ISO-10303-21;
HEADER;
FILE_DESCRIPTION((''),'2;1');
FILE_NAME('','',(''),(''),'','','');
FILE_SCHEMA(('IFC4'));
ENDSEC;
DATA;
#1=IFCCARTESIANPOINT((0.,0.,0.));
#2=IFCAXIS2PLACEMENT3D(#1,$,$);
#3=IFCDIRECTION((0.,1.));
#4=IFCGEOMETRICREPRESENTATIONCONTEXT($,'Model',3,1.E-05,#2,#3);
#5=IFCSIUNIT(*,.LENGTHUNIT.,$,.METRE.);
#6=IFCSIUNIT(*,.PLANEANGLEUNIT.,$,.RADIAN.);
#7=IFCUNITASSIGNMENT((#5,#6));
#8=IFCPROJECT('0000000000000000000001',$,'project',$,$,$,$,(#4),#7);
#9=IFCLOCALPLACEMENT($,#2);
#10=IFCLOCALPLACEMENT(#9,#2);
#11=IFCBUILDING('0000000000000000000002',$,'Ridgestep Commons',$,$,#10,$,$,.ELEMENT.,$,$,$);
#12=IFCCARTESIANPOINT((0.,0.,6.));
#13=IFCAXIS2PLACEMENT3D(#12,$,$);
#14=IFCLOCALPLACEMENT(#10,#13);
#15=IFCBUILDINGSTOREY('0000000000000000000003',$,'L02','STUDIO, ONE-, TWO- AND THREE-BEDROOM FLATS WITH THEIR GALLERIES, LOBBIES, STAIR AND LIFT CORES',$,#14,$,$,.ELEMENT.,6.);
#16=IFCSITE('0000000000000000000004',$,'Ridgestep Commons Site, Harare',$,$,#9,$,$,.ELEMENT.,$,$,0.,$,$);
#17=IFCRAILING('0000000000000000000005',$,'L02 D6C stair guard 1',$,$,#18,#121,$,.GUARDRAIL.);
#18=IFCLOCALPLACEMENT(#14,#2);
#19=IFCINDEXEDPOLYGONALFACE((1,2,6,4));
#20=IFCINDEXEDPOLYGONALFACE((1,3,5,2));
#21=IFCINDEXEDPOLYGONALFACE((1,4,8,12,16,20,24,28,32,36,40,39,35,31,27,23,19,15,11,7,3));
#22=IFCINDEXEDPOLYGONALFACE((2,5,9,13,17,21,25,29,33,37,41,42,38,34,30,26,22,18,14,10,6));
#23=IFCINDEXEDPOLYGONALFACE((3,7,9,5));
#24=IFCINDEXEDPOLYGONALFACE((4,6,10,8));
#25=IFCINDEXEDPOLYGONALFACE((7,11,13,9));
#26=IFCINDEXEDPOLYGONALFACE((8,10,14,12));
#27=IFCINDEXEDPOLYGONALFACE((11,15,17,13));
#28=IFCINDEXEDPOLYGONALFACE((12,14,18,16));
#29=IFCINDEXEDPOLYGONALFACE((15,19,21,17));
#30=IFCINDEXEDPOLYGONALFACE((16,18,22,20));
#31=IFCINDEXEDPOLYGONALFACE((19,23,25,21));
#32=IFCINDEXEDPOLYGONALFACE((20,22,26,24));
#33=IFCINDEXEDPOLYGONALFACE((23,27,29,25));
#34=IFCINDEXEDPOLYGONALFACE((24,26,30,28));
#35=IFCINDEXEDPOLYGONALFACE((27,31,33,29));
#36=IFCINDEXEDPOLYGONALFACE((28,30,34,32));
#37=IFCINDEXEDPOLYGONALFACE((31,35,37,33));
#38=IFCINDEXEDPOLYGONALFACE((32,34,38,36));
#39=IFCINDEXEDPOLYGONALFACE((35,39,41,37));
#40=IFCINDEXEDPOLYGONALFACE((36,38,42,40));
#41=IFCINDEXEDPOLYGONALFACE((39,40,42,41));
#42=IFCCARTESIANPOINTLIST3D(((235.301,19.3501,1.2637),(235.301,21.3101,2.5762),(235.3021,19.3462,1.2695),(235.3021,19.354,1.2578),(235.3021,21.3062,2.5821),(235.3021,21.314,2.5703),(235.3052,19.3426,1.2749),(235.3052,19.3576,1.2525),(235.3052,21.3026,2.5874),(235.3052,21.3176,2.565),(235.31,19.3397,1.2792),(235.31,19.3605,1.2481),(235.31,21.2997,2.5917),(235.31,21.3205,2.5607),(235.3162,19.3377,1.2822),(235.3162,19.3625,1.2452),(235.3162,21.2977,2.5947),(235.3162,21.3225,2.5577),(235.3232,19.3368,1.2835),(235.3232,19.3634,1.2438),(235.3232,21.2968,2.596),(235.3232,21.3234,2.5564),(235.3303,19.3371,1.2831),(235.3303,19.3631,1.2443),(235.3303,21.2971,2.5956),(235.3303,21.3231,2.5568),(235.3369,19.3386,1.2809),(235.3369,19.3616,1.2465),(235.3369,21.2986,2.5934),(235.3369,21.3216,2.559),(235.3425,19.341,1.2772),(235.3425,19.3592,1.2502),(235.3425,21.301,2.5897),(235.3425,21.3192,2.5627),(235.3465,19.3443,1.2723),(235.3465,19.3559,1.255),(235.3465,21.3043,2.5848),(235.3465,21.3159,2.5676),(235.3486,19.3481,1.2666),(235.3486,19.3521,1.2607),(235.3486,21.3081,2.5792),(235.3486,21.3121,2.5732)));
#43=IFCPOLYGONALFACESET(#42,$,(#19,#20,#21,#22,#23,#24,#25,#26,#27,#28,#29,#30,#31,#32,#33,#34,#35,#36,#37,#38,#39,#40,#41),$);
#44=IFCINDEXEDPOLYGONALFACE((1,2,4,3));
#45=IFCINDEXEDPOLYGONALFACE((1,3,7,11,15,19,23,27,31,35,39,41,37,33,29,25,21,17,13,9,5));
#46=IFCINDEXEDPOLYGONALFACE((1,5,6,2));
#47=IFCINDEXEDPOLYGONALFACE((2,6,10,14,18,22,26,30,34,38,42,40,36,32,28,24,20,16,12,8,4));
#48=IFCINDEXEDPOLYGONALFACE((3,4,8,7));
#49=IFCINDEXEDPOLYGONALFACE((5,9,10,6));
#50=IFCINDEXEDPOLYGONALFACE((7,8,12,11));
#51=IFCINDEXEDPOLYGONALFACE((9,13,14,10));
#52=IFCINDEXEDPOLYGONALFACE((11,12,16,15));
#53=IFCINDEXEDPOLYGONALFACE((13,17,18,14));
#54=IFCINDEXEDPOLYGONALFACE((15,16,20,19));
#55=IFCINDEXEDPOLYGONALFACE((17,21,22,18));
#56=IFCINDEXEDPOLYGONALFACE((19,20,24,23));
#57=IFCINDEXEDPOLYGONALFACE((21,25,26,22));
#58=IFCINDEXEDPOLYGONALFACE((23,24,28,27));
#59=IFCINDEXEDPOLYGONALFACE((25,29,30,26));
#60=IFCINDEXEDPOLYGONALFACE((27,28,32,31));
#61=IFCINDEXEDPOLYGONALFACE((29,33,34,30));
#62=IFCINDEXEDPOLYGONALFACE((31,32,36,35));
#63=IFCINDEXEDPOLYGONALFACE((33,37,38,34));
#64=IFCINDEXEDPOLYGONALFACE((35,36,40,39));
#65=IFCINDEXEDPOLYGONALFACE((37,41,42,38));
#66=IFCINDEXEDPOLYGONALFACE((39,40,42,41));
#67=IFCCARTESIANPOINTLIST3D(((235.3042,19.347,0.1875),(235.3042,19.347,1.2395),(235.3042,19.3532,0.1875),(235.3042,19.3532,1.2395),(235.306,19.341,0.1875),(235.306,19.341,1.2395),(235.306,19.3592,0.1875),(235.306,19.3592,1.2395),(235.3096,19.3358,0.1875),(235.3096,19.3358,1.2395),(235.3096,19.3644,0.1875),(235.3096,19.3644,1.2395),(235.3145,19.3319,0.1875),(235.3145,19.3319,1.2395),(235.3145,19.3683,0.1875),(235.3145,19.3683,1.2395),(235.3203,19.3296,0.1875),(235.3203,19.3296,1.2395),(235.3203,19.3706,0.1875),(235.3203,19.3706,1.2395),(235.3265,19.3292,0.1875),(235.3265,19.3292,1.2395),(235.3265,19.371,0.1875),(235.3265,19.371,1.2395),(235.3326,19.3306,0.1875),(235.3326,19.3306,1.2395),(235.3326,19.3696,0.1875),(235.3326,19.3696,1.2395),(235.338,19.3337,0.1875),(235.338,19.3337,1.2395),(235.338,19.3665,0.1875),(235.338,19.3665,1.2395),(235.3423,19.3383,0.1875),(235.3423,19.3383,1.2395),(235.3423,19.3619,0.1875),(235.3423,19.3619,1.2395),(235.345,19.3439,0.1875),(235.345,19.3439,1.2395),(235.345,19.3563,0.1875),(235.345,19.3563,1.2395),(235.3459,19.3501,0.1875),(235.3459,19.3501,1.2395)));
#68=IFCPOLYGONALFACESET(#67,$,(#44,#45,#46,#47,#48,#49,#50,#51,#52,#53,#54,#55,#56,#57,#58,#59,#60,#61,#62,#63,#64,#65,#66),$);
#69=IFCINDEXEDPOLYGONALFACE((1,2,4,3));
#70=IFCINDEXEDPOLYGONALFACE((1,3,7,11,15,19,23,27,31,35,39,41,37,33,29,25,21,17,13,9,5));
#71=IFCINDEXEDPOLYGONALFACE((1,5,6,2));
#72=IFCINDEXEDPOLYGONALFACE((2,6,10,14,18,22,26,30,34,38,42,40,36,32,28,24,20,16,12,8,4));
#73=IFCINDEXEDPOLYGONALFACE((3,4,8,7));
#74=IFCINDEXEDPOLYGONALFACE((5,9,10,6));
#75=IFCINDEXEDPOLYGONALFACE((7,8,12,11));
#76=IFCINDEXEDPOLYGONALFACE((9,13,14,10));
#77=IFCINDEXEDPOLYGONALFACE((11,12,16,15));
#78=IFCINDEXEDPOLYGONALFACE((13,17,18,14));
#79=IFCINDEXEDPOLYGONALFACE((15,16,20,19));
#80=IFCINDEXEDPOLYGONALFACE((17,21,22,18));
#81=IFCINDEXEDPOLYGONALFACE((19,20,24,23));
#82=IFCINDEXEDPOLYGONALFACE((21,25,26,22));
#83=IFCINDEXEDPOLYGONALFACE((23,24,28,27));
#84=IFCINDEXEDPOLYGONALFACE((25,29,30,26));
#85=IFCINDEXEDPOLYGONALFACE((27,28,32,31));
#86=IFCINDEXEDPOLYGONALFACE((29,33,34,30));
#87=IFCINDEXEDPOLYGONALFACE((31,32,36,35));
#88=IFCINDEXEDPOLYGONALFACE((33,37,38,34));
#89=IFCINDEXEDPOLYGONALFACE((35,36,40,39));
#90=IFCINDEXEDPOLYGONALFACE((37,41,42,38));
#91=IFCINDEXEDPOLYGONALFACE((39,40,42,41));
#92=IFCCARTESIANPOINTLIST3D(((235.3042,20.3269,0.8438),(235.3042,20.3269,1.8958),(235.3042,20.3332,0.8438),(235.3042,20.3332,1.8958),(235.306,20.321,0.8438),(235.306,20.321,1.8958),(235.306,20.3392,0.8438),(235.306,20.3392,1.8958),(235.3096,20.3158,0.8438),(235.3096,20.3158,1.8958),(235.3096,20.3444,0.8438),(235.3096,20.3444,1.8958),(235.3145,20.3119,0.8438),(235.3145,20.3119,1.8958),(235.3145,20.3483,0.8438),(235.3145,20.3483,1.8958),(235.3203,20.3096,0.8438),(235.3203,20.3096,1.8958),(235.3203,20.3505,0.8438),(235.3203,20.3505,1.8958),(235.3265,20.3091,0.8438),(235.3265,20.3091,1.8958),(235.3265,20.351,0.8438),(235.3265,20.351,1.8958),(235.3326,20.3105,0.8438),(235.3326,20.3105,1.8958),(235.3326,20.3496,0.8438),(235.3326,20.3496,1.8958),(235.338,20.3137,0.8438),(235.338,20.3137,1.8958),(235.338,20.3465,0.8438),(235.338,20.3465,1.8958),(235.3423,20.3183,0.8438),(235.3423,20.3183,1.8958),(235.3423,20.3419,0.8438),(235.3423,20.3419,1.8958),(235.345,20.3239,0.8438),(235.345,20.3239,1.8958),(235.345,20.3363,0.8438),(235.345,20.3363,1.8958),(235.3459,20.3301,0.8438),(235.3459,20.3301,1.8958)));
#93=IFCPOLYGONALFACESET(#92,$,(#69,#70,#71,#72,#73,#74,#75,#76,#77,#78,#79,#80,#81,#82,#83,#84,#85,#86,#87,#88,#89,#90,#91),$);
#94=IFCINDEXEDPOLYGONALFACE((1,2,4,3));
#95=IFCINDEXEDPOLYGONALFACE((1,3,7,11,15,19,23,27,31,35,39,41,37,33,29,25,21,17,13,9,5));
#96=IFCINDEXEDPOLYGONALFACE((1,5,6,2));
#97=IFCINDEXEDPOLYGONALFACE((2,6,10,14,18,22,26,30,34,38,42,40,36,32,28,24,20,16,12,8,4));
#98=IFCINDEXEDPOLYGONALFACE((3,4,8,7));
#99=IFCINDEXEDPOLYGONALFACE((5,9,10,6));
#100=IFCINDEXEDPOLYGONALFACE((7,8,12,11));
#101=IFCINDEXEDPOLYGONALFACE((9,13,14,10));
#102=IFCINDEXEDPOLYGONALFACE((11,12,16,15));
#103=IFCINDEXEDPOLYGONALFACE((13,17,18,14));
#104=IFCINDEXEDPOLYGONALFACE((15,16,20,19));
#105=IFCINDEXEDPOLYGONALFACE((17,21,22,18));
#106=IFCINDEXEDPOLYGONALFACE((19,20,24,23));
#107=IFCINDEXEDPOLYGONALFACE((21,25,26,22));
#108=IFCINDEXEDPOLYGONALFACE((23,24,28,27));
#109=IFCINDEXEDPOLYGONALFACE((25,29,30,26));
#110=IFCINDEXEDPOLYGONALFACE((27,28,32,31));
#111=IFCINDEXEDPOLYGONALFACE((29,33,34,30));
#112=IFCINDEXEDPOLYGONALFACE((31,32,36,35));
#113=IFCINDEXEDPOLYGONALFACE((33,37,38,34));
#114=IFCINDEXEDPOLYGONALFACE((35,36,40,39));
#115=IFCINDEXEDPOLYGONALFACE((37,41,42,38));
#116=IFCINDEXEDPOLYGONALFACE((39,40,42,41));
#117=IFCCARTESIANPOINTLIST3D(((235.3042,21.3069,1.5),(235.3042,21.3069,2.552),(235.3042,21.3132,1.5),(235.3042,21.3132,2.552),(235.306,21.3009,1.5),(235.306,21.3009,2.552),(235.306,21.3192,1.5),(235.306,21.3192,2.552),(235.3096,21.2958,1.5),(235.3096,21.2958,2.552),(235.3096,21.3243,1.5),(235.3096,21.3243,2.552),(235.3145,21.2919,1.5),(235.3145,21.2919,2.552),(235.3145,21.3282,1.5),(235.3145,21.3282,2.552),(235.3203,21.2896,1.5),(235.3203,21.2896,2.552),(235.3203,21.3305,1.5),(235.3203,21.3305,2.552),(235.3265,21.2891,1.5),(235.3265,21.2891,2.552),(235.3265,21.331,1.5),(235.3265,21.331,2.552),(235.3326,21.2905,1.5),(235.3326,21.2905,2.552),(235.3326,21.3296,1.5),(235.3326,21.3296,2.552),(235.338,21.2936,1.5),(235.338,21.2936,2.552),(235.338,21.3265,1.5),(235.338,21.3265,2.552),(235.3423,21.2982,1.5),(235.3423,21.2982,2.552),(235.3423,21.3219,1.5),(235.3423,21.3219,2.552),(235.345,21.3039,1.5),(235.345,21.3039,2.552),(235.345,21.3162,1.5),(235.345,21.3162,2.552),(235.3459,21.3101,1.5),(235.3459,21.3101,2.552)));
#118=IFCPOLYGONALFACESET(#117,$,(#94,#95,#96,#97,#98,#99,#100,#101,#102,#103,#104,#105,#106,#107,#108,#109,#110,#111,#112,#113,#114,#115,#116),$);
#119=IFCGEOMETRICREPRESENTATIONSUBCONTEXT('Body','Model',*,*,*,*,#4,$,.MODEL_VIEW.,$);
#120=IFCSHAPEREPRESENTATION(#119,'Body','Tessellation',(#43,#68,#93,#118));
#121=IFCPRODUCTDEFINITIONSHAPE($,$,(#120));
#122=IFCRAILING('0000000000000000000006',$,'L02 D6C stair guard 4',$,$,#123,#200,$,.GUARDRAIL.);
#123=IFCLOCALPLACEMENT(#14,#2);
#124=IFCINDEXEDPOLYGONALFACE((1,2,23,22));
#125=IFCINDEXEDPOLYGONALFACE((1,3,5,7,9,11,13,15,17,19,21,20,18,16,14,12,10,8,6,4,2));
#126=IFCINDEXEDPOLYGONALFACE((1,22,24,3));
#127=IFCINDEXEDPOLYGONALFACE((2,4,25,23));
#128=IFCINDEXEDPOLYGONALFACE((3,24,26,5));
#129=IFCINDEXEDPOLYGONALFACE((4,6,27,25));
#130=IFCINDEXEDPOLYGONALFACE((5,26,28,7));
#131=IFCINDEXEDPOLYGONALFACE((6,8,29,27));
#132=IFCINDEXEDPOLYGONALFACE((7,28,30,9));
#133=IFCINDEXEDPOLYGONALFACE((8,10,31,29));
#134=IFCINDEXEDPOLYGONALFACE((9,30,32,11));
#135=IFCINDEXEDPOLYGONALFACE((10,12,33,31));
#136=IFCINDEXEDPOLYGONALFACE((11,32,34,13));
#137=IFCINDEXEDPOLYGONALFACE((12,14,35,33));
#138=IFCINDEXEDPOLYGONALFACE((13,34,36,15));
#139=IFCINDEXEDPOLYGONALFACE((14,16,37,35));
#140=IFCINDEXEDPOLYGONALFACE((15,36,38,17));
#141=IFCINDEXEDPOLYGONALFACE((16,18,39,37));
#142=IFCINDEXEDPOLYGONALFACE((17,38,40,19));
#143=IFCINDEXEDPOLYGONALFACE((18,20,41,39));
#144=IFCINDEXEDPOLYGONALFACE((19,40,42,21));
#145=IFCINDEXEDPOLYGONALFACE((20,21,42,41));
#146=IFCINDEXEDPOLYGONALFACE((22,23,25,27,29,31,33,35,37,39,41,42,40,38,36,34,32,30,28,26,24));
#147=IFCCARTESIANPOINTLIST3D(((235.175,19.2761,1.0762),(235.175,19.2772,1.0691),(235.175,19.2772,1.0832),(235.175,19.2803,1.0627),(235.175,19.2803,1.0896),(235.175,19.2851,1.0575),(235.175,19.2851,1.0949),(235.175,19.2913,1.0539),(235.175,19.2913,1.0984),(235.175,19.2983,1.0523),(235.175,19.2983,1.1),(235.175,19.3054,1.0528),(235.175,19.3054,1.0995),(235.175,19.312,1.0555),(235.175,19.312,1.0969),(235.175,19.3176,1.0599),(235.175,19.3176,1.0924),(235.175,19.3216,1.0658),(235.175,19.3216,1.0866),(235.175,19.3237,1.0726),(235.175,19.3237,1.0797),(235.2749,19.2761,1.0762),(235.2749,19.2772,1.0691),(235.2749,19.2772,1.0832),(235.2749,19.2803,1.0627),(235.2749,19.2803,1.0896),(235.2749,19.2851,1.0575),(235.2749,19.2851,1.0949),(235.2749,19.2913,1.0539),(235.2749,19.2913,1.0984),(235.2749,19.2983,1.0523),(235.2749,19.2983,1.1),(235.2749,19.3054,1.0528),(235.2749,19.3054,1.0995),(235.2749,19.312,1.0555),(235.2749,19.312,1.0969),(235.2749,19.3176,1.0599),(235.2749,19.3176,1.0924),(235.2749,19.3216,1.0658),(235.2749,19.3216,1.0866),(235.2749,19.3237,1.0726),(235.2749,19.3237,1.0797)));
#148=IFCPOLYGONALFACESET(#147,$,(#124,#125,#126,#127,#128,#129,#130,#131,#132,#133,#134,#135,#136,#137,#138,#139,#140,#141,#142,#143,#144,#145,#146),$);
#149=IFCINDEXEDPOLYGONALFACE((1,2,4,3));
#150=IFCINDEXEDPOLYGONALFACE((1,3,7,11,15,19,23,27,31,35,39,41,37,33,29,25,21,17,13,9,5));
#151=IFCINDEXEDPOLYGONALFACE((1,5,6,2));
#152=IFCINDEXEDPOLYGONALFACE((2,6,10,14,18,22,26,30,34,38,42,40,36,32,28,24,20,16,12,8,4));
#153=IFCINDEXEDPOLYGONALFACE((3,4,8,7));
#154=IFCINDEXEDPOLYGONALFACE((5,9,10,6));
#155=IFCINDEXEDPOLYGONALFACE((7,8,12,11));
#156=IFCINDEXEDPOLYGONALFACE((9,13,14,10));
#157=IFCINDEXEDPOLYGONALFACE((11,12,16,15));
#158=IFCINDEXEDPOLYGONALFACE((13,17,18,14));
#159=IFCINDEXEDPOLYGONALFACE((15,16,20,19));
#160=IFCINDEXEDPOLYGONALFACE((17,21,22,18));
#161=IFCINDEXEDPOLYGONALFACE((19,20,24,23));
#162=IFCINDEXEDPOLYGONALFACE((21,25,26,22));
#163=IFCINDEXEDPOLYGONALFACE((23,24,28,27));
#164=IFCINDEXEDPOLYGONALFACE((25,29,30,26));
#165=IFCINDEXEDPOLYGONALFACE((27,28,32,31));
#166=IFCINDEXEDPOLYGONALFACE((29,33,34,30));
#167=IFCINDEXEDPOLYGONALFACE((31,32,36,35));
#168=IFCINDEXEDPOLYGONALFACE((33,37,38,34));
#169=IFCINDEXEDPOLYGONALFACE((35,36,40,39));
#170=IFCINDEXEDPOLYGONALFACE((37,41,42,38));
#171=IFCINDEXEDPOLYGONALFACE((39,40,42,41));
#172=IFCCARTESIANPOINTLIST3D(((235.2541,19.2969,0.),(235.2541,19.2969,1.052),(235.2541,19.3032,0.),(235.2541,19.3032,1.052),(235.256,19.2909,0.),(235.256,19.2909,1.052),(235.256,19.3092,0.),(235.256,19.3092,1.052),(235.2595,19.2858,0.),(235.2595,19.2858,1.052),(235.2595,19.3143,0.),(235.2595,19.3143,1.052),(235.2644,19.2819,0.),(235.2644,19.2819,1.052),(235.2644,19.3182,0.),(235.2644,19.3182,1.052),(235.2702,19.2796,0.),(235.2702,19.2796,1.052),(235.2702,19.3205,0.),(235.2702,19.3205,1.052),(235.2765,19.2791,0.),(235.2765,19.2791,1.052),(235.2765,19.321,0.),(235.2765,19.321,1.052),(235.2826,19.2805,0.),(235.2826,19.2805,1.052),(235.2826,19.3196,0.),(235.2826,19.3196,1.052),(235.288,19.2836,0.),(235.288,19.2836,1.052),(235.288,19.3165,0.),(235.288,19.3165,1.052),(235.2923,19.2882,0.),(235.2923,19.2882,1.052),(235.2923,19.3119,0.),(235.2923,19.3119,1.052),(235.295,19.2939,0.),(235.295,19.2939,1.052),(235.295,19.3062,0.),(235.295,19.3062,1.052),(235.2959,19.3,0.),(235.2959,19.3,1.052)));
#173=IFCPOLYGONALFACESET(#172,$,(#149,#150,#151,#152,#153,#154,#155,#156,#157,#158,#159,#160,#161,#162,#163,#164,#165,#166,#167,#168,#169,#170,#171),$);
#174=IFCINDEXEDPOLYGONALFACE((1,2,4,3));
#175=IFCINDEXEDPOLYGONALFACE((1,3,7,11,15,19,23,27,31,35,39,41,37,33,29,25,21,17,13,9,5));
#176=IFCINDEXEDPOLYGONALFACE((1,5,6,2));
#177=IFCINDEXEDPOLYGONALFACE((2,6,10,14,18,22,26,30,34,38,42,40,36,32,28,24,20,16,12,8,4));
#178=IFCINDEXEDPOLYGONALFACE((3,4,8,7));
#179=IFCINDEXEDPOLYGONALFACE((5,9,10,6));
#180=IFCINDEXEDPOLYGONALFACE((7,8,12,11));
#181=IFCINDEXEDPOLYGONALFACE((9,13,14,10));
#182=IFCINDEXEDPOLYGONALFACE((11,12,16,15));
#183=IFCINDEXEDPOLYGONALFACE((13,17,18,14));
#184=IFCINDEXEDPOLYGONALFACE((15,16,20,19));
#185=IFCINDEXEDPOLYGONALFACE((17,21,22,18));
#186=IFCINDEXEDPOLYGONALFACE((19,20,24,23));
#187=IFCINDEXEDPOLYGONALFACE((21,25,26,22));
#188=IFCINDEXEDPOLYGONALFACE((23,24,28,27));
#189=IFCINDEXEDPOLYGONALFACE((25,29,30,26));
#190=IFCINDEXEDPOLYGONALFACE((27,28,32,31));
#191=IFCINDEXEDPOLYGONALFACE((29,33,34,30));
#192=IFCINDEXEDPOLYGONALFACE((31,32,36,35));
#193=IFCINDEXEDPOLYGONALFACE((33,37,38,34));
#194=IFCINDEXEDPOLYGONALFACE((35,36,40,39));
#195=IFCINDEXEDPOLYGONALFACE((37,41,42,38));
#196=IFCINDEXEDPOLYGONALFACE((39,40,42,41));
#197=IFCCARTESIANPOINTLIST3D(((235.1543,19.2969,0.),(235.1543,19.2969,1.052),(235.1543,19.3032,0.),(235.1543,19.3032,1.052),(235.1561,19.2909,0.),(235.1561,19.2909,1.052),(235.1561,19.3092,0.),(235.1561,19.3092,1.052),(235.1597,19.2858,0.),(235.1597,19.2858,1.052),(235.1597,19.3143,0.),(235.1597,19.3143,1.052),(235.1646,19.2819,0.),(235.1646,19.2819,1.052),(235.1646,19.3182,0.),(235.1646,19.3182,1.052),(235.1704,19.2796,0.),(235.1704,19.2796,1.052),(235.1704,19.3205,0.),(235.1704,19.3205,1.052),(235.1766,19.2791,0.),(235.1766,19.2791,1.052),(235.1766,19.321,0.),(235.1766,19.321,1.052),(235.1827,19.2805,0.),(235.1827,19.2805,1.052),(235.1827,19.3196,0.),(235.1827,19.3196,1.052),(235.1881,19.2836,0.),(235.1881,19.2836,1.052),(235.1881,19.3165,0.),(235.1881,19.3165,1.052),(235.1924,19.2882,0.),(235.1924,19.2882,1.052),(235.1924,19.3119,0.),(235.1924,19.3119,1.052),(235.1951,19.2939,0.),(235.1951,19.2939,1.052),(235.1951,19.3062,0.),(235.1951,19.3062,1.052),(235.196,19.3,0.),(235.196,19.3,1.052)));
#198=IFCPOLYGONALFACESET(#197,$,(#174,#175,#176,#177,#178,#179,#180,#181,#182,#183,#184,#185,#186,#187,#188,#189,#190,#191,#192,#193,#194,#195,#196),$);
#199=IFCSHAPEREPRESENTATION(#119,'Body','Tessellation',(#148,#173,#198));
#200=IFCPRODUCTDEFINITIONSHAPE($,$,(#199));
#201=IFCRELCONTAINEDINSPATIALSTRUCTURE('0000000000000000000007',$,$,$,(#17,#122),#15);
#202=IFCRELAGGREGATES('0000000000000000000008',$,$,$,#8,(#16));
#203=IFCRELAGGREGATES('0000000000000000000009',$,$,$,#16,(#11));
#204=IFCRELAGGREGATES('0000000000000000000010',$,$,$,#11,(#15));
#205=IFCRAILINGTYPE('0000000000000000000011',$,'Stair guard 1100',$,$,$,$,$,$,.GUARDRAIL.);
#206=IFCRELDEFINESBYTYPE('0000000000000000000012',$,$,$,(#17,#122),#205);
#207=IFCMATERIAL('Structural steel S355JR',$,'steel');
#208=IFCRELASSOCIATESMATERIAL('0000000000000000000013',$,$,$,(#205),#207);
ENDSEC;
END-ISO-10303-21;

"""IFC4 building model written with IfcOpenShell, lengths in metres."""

from ifc_helpers import new_model, si_unit, direction, frame, origin, origin_2d, place, context, subcontext, project, spatial, circle, extrude, material, type_object, element, save


model = new_model("IFC4")

# Units and contexts
model_context = context("Model", 3, precision=1e-05, world=origin(), true_north=direction((0.0, 1.0)))
body_context = subcontext(model_context, "Body", "Model", "MODEL_VIEW")
ifc_project = project(units=[si_unit("LENGTHUNIT", "METRE"), si_unit("PLANEANGLEUNIT", "RADIAN")], contexts=[model_context])

# Site, building, storey
site_placement = place(None, origin())
site = spatial("IfcSite", under=ifc_project, at=site_placement, Name="Ridgestep Commons Site, Harare", CompositionType="ELEMENT", RefElevation=0.0)
building_placement = place(site_placement, origin())
building = spatial("IfcBuilding", under=site, at=building_placement, Name="Ridgestep Commons", CompositionType="ELEMENT")
storey_placement = place(building_placement, frame((0.0, 0.0, 6.0)))
storey = spatial("IfcBuildingStorey", under=building, at=storey_placement, Name="L02", Description="STUDIO, ONE-, TWO- AND THREE-BEDROOM FLATS WITH THEIR GALLERIES, LOBBIES, STAIR AND LIFT CORES", CompositionType="ELEMENT", Elevation=6.0)

# Railings
ifc_material_1 = material(Name="Structural steel S355JR", Category="steel")
railing_type_1 = type_object("IfcRailingType", Name="Stair guard 1100", PredefinedType="GUARDRAIL", material=ifc_material_1)
railing_1_placement = place(storey_placement, frame((235.325, 19.3501, 0.1875)))
element("IfcRailing", 1, at=railing_1_placement, inside=storey, type_object=railing_type_1, Name="L02 D6C stair guard 1", PredefinedType="GUARDRAIL", context=body_context, shape_type="SweptSolid", body=[
    extrude(circle(Radius=0.0239, at=origin_2d()), frame((0.0, 0.0, 1.0762), z_axis=(0.0, 0.830902, 0.556419), x_axis=(-1.0, 0.0, 0.0)), (0.0, 0.0, 1.0), 2.3589),
    extrude(circle(Radius=0.021, at=origin_2d()), origin(), (0.0, 0.0, 1.0), 1.052),
    extrude(circle(Radius=0.021, at=origin_2d()), frame((0.0, 0.98, 0.6562)), (0.0, 0.0, 1.0), 1.052),
    extrude(circle(Radius=0.021, at=origin_2d()), frame((0.0, 1.96, 1.3125)), (0.0, 0.0, 1.0), 1.052),
])
railing_2_placement = place(storey_placement, frame((235.2749, 19.3, 0.0)))
element("IfcRailing", 2, at=railing_2_placement, inside=storey, type_object=railing_type_1, Name="L02 D6C stair guard 4", PredefinedType="GUARDRAIL", context=body_context, shape_type="SweptSolid", body=[
    extrude(circle(Radius=0.0239, at=origin_2d()), frame((0.0, 0.0, 1.0762), z_axis=(-1.0, 0.0, 0.0), x_axis=(0.0, -1.0, 0.0)), (0.0, 0.0, 1.0), 0.0999),
    extrude(circle(Radius=0.021, at=origin_2d()), origin(), (0.0, 0.0, 1.0), 1.052),
    extrude(circle(Radius=0.021, at=origin_2d()), frame((-0.0999, 0.0, 0.0)), (0.0, 0.0, 1.0), 1.052),
])

save(model, "model.ifc")
